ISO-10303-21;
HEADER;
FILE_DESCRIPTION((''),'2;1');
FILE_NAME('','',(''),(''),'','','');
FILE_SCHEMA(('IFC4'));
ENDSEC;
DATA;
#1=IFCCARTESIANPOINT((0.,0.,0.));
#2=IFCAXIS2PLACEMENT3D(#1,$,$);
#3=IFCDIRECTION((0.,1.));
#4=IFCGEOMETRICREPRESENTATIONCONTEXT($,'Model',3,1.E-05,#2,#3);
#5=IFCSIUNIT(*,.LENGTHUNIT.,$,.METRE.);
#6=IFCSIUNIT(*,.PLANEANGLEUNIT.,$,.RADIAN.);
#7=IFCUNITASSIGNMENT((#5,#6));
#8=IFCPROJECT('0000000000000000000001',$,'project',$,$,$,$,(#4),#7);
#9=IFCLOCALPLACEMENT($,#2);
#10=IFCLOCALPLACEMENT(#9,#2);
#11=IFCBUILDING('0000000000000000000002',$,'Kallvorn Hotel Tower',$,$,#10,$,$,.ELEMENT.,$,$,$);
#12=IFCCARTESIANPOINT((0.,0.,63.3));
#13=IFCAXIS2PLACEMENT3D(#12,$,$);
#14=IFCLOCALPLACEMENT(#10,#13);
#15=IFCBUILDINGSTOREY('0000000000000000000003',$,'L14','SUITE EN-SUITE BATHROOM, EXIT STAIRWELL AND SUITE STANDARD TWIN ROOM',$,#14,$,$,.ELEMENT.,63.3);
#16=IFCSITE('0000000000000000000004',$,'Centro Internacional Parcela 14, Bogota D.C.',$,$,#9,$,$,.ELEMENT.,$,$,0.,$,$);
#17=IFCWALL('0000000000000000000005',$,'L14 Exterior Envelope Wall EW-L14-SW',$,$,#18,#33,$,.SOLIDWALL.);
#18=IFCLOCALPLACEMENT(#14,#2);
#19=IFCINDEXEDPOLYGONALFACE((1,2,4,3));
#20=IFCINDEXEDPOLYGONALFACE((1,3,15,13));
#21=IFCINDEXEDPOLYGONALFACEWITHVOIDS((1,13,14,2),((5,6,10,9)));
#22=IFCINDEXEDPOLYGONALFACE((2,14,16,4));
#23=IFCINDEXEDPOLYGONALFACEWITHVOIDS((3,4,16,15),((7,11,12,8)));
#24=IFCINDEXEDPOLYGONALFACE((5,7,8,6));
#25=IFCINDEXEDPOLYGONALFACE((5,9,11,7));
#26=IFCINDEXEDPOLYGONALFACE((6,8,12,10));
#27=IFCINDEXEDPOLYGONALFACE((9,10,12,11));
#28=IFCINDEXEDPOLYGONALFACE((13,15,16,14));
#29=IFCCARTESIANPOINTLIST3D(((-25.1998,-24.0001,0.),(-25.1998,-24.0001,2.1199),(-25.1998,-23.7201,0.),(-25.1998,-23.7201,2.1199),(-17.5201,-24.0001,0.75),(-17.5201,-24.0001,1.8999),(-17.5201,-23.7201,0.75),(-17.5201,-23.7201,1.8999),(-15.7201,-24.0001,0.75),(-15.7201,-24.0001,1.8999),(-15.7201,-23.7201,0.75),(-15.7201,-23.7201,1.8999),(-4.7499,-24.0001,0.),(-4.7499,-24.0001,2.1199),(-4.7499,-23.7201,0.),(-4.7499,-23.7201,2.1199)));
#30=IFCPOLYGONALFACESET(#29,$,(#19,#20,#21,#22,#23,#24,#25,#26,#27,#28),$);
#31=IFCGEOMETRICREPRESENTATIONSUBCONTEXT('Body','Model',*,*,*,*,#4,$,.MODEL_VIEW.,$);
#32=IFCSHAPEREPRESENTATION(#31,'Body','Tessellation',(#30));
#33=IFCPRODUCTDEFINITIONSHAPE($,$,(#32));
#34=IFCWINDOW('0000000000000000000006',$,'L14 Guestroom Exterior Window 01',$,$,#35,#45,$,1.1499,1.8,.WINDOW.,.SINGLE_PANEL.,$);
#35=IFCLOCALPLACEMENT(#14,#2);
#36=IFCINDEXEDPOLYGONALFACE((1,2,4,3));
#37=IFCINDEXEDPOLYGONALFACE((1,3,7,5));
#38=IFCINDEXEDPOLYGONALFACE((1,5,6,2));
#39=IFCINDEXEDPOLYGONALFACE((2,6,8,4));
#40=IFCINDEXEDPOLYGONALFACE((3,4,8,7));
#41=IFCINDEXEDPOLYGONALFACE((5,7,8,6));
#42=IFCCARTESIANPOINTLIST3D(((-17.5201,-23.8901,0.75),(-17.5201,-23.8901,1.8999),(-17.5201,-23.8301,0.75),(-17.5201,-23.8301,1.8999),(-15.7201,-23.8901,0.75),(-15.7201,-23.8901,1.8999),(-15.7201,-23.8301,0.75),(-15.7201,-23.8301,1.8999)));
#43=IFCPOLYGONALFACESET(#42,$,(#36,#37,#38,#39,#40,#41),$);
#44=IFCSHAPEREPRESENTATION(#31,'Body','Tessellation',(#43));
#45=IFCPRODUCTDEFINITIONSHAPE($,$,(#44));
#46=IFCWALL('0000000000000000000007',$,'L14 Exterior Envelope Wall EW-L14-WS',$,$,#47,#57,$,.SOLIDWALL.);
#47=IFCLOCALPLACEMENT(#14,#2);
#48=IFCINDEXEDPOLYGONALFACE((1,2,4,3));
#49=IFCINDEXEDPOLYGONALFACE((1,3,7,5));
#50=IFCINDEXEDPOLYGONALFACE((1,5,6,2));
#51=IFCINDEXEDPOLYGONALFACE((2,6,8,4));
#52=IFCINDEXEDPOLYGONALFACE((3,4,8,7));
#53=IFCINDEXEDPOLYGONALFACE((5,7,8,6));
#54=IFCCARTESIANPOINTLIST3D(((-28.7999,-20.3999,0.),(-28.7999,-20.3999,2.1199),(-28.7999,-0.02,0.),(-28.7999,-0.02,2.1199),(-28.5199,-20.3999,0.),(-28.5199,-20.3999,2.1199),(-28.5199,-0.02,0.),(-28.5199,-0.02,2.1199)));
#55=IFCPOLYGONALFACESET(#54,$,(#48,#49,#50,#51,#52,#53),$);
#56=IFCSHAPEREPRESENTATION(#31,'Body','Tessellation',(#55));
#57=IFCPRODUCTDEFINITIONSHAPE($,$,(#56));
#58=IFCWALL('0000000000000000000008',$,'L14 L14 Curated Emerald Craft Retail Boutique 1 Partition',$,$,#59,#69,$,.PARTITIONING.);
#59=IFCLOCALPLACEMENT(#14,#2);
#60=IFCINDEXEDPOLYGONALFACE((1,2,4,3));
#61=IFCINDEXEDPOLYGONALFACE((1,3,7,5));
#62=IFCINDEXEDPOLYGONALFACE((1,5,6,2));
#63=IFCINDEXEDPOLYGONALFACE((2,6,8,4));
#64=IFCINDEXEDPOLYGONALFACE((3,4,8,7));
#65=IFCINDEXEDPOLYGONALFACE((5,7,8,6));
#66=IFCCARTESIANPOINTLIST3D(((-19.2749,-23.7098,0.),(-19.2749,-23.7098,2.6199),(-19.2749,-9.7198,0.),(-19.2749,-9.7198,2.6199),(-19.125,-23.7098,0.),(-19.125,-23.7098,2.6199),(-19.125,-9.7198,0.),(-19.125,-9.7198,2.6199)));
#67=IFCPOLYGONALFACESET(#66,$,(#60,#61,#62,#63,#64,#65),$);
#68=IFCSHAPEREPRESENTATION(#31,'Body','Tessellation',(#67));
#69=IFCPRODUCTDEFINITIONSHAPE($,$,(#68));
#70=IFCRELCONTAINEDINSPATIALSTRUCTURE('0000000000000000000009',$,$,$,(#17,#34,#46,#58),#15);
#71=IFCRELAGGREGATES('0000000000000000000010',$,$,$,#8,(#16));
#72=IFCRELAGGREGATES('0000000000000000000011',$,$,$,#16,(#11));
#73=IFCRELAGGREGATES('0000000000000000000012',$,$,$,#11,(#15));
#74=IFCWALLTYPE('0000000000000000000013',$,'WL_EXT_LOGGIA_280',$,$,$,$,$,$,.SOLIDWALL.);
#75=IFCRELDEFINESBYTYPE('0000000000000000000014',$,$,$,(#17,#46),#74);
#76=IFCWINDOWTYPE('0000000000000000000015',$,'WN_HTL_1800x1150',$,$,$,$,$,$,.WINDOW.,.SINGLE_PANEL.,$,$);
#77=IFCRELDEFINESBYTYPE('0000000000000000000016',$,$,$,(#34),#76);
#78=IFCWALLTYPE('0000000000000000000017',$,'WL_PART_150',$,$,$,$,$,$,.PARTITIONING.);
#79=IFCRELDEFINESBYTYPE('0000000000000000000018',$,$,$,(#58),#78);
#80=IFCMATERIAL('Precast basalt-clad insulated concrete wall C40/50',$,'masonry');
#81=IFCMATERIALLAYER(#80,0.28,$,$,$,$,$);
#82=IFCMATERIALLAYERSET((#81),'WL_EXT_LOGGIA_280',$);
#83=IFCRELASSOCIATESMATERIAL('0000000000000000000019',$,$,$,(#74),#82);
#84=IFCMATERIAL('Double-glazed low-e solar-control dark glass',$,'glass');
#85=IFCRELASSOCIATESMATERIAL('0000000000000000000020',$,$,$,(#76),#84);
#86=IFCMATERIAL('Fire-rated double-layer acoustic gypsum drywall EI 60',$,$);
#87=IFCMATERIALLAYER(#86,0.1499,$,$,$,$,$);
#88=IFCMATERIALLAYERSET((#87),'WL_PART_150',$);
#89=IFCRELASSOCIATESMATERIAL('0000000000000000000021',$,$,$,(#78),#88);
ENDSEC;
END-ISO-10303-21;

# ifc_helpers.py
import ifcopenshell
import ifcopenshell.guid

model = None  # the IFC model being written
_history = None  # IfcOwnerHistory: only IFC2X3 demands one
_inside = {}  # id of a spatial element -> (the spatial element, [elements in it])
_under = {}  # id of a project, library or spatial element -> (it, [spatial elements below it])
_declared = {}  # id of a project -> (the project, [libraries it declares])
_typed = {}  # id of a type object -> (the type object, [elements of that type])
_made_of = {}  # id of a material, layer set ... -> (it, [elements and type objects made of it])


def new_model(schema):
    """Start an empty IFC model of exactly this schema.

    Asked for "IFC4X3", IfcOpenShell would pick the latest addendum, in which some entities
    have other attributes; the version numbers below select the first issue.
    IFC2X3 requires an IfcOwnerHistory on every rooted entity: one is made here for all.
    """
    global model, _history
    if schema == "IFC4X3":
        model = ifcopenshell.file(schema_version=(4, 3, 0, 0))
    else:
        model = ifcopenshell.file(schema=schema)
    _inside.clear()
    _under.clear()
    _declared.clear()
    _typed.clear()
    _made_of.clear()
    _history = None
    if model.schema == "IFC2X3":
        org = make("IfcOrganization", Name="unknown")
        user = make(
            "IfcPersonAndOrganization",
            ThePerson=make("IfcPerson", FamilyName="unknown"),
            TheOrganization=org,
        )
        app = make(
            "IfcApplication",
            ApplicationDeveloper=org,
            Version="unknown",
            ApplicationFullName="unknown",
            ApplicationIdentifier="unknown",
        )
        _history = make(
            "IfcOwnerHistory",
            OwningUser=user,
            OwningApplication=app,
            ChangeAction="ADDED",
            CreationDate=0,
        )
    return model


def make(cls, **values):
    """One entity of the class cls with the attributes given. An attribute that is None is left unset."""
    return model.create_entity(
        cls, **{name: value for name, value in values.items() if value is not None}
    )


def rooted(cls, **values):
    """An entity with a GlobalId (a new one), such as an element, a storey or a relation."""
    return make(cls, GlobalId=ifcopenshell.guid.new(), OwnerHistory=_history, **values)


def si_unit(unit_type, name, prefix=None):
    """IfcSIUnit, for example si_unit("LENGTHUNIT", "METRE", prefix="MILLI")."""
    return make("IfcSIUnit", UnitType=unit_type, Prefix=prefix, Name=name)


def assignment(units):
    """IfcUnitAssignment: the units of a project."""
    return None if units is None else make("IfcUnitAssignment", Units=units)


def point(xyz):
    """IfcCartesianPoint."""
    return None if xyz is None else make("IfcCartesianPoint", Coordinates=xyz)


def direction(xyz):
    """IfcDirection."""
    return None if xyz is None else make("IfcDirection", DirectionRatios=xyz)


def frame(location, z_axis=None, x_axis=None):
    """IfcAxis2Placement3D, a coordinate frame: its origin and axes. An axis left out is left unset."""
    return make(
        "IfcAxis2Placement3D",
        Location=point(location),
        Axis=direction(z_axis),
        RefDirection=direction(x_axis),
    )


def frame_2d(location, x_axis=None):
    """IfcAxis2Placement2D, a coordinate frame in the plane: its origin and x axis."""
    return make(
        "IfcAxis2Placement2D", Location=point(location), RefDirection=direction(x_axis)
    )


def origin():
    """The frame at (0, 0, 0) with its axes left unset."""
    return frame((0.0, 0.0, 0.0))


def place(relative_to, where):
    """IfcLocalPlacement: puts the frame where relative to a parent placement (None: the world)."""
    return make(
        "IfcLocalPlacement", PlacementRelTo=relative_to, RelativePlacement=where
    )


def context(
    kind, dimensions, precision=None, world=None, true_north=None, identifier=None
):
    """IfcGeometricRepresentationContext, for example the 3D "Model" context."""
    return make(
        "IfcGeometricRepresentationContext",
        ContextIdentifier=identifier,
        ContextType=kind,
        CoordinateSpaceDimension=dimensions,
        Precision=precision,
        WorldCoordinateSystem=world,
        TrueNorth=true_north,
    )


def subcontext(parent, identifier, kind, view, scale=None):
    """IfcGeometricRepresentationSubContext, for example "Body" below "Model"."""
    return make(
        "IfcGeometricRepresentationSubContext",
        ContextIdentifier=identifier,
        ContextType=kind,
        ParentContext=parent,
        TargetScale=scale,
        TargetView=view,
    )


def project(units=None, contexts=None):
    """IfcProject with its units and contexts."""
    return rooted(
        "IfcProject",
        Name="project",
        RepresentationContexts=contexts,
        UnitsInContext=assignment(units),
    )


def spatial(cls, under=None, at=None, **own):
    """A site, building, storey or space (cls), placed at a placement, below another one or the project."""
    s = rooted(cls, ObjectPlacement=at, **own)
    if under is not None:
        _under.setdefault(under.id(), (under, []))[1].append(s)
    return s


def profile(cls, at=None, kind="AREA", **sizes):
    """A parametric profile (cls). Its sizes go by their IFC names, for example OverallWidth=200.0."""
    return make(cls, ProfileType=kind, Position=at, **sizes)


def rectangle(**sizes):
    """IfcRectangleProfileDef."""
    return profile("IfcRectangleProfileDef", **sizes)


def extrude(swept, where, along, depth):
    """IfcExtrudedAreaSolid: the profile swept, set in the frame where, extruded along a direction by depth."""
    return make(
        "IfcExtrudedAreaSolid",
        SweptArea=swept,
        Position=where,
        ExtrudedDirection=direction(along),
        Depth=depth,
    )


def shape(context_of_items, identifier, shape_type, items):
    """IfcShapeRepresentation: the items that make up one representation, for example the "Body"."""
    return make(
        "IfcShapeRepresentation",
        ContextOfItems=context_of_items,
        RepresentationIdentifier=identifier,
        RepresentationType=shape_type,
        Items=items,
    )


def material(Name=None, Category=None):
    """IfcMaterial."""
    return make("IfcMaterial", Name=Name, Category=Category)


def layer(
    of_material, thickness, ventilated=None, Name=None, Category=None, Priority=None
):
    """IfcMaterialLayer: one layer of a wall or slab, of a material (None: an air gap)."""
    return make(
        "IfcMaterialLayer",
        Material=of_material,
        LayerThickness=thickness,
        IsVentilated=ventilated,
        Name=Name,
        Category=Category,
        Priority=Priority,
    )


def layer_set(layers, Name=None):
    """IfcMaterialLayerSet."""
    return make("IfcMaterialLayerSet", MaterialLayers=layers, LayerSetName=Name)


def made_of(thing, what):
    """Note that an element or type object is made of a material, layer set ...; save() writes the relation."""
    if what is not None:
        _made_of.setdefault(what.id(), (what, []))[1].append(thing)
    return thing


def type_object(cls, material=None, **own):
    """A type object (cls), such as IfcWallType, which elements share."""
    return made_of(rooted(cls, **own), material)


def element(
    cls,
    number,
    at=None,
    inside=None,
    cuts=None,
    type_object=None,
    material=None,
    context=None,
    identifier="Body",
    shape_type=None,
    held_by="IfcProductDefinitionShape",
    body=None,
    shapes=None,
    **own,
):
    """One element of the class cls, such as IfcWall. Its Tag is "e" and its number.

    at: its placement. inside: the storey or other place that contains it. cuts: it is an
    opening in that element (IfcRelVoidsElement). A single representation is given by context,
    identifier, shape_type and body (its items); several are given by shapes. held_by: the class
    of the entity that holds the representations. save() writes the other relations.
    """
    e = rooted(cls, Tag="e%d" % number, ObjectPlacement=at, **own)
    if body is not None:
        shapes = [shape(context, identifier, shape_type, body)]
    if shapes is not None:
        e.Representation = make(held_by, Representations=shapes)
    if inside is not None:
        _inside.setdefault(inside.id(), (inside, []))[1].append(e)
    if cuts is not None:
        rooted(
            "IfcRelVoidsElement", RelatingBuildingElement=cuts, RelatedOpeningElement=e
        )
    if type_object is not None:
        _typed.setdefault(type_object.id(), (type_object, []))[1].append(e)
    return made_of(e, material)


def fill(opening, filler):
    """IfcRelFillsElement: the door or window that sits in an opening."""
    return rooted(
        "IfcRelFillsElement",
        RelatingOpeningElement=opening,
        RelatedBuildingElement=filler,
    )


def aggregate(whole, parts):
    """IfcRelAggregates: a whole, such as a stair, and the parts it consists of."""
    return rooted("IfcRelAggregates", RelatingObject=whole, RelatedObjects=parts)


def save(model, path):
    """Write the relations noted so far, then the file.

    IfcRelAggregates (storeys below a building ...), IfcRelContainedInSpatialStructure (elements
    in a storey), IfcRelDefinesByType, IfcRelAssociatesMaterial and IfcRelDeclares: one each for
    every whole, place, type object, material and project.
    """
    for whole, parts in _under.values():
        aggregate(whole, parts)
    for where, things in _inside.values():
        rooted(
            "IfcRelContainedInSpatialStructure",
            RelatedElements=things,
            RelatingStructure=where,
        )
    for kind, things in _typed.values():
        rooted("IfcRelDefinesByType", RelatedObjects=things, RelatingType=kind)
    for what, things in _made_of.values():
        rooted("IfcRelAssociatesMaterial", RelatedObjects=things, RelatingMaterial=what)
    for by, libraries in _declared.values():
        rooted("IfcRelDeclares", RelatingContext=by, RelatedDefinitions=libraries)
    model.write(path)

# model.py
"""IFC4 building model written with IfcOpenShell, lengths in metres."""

from ifc_helpers import new_model, si_unit, direction, frame, frame_2d, origin, place, context, subcontext, project, spatial, rectangle, extrude, material, layer, layer_set, type_object, element, fill, save


model = new_model("IFC4")

# Units and contexts
model_context = context("Model", 3, precision=1e-05, world=origin(), true_north=direction((0.0, 1.0)))
body_context = subcontext(model_context, "Body", "Model", "MODEL_VIEW")
ifc_project = project(units=[si_unit("LENGTHUNIT", "METRE"), si_unit("PLANEANGLEUNIT", "RADIAN")], contexts=[model_context])

# Site, building, storey
site_placement = place(None, origin())
site = spatial("IfcSite", under=ifc_project, at=site_placement, Name="Centro Internacional Parcela 14, Bogota D.C.", CompositionType="ELEMENT", RefElevation=0.0)
building_placement = place(site_placement, origin())
building = spatial("IfcBuilding", under=site, at=building_placement, Name="Kallvorn Hotel Tower", CompositionType="ELEMENT")
storey_placement = place(building_placement, frame((0.0, 0.0, 63.3)))
storey = spatial("IfcBuildingStorey", under=building, at=storey_placement, Name="L14", Description="SUITE EN-SUITE BATHROOM, EXIT STAIRWELL AND SUITE STANDARD TWIN ROOM", CompositionType="ELEMENT", Elevation=63.3)

# Shared definitions
ifc_material_1 = material(Name="Precast basalt-clad insulated concrete wall C40/50", Category="masonry")
ifc_layer_1 = layer(ifc_material_1, 0.28)
ifc_layer_set_1 = layer_set([ifc_layer_1], Name="WL_EXT_LOGGIA_280")
wall_type_1 = type_object("IfcWallType", Name="WL_EXT_LOGGIA_280", PredefinedType="SOLIDWALL", material=ifc_layer_set_1)

# Wall, opening, window
wall_1_placement = place(storey_placement, frame((-25.2, -23.8601, 0.0), z_axis=(0.0, 0.0, 1.0), x_axis=(1.0, 0.0, 0.0)))
wall_1 = element("IfcWall", 1, at=wall_1_placement, inside=storey, type_object=wall_type_1, Name="L14 Exterior Envelope Wall EW-L14-SW", PredefinedType="SOLIDWALL", context=body_context, shape_type="SweptSolid", body=[
    extrude(rectangle(XDim=20.45, YDim=0.28, at=frame_2d((10.2251, 0.0))), origin(), (0.0, 0.0, 1.0), 2.1199),
])
opening_placement = place(wall_1_placement, frame((7.6799, 0.0, 0.75)))
opening = element("IfcOpeningElement", 2, at=opening_placement, cuts=wall_1, PredefinedType="OPENING", context=body_context, shape_type="SweptSolid", body=[
    extrude(rectangle(XDim=1.8, YDim=1.1499, at=frame_2d((0.8999, 0.575))), frame((0.0, 0.155, 0.0), z_axis=(0.0, -1.0, 0.0), x_axis=(1.0, 0.0, 0.0)), (0.0, 0.0, 1.0), 0.3101),
])
ifc_material_2 = material(Name="Double-glazed low-e solar-control dark glass", Category="glass")
window_type = type_object("IfcWindowType", Name="WN_HTL_1800x1150", PartitioningType="SINGLE_PANEL", PredefinedType="WINDOW", material=ifc_material_2)
window_placement = place(opening_placement, origin())
window = element("IfcWindow", 3, at=window_placement, inside=storey, type_object=window_type, Name="L14 Guestroom Exterior Window 01", OverallHeight=1.1499, OverallWidth=1.8, PartitioningType="SINGLE_PANEL", PredefinedType="WINDOW", context=body_context, shape_type="SweptSolid", body=[
    extrude(rectangle(XDim=1.8, YDim=1.1499, at=frame_2d((0.8999, 0.575))), frame((0.0, 0.03, 0.0), z_axis=(0.0, -1.0, 0.0), x_axis=(1.0, 0.0, 0.0)), (0.0, 0.0, 1.0), 0.0601),
])
fill(opening, window)

# Walls
wall_2_placement = place(storey_placement, frame((-28.6599, -20.3999, 0.0), z_axis=(0.0, 0.0, 1.0), x_axis=(0.0, 1.0, 0.0)))
element("IfcWall", 4, at=wall_2_placement, inside=storey, type_object=wall_type_1, Name="L14 Exterior Envelope Wall EW-L14-WS", PredefinedType="SOLIDWALL", context=body_context, shape_type="SweptSolid", body=[
    extrude(rectangle(XDim=20.3799, YDim=0.28, at=frame_2d((10.1899, 0.0))), origin(), (0.0, 0.0, 1.0), 2.1199),
])
ifc_material_3 = material(Name="Fire-rated double-layer acoustic gypsum drywall EI 60")
ifc_layer_2 = layer(ifc_material_3, 0.1499)
ifc_layer_set_2 = layer_set([ifc_layer_2], Name="WL_PART_150")
wall_type_2 = type_object("IfcWallType", Name="WL_PART_150", PredefinedType="PARTITIONING", material=ifc_layer_set_2)
wall_3_placement = place(storey_placement, frame((-19.2, -23.71, 0.0), z_axis=(0.0, 0.0, 1.0), x_axis=(0.0, 1.0, 0.0)))
element("IfcWall", 5, at=wall_3_placement, inside=storey, type_object=wall_type_2, Name="L14 L14 Curated Emerald Craft Retail Boutique 1 Partition", PredefinedType="PARTITIONING", context=body_context, shape_type="SweptSolid", body=[
    extrude(rectangle(XDim=13.99, YDim=0.1499, at=frame_2d((6.9951, 0.0))), origin(), (0.0, 0.0, 1.0), 2.6199),
])

save(model, "model.ifc")
